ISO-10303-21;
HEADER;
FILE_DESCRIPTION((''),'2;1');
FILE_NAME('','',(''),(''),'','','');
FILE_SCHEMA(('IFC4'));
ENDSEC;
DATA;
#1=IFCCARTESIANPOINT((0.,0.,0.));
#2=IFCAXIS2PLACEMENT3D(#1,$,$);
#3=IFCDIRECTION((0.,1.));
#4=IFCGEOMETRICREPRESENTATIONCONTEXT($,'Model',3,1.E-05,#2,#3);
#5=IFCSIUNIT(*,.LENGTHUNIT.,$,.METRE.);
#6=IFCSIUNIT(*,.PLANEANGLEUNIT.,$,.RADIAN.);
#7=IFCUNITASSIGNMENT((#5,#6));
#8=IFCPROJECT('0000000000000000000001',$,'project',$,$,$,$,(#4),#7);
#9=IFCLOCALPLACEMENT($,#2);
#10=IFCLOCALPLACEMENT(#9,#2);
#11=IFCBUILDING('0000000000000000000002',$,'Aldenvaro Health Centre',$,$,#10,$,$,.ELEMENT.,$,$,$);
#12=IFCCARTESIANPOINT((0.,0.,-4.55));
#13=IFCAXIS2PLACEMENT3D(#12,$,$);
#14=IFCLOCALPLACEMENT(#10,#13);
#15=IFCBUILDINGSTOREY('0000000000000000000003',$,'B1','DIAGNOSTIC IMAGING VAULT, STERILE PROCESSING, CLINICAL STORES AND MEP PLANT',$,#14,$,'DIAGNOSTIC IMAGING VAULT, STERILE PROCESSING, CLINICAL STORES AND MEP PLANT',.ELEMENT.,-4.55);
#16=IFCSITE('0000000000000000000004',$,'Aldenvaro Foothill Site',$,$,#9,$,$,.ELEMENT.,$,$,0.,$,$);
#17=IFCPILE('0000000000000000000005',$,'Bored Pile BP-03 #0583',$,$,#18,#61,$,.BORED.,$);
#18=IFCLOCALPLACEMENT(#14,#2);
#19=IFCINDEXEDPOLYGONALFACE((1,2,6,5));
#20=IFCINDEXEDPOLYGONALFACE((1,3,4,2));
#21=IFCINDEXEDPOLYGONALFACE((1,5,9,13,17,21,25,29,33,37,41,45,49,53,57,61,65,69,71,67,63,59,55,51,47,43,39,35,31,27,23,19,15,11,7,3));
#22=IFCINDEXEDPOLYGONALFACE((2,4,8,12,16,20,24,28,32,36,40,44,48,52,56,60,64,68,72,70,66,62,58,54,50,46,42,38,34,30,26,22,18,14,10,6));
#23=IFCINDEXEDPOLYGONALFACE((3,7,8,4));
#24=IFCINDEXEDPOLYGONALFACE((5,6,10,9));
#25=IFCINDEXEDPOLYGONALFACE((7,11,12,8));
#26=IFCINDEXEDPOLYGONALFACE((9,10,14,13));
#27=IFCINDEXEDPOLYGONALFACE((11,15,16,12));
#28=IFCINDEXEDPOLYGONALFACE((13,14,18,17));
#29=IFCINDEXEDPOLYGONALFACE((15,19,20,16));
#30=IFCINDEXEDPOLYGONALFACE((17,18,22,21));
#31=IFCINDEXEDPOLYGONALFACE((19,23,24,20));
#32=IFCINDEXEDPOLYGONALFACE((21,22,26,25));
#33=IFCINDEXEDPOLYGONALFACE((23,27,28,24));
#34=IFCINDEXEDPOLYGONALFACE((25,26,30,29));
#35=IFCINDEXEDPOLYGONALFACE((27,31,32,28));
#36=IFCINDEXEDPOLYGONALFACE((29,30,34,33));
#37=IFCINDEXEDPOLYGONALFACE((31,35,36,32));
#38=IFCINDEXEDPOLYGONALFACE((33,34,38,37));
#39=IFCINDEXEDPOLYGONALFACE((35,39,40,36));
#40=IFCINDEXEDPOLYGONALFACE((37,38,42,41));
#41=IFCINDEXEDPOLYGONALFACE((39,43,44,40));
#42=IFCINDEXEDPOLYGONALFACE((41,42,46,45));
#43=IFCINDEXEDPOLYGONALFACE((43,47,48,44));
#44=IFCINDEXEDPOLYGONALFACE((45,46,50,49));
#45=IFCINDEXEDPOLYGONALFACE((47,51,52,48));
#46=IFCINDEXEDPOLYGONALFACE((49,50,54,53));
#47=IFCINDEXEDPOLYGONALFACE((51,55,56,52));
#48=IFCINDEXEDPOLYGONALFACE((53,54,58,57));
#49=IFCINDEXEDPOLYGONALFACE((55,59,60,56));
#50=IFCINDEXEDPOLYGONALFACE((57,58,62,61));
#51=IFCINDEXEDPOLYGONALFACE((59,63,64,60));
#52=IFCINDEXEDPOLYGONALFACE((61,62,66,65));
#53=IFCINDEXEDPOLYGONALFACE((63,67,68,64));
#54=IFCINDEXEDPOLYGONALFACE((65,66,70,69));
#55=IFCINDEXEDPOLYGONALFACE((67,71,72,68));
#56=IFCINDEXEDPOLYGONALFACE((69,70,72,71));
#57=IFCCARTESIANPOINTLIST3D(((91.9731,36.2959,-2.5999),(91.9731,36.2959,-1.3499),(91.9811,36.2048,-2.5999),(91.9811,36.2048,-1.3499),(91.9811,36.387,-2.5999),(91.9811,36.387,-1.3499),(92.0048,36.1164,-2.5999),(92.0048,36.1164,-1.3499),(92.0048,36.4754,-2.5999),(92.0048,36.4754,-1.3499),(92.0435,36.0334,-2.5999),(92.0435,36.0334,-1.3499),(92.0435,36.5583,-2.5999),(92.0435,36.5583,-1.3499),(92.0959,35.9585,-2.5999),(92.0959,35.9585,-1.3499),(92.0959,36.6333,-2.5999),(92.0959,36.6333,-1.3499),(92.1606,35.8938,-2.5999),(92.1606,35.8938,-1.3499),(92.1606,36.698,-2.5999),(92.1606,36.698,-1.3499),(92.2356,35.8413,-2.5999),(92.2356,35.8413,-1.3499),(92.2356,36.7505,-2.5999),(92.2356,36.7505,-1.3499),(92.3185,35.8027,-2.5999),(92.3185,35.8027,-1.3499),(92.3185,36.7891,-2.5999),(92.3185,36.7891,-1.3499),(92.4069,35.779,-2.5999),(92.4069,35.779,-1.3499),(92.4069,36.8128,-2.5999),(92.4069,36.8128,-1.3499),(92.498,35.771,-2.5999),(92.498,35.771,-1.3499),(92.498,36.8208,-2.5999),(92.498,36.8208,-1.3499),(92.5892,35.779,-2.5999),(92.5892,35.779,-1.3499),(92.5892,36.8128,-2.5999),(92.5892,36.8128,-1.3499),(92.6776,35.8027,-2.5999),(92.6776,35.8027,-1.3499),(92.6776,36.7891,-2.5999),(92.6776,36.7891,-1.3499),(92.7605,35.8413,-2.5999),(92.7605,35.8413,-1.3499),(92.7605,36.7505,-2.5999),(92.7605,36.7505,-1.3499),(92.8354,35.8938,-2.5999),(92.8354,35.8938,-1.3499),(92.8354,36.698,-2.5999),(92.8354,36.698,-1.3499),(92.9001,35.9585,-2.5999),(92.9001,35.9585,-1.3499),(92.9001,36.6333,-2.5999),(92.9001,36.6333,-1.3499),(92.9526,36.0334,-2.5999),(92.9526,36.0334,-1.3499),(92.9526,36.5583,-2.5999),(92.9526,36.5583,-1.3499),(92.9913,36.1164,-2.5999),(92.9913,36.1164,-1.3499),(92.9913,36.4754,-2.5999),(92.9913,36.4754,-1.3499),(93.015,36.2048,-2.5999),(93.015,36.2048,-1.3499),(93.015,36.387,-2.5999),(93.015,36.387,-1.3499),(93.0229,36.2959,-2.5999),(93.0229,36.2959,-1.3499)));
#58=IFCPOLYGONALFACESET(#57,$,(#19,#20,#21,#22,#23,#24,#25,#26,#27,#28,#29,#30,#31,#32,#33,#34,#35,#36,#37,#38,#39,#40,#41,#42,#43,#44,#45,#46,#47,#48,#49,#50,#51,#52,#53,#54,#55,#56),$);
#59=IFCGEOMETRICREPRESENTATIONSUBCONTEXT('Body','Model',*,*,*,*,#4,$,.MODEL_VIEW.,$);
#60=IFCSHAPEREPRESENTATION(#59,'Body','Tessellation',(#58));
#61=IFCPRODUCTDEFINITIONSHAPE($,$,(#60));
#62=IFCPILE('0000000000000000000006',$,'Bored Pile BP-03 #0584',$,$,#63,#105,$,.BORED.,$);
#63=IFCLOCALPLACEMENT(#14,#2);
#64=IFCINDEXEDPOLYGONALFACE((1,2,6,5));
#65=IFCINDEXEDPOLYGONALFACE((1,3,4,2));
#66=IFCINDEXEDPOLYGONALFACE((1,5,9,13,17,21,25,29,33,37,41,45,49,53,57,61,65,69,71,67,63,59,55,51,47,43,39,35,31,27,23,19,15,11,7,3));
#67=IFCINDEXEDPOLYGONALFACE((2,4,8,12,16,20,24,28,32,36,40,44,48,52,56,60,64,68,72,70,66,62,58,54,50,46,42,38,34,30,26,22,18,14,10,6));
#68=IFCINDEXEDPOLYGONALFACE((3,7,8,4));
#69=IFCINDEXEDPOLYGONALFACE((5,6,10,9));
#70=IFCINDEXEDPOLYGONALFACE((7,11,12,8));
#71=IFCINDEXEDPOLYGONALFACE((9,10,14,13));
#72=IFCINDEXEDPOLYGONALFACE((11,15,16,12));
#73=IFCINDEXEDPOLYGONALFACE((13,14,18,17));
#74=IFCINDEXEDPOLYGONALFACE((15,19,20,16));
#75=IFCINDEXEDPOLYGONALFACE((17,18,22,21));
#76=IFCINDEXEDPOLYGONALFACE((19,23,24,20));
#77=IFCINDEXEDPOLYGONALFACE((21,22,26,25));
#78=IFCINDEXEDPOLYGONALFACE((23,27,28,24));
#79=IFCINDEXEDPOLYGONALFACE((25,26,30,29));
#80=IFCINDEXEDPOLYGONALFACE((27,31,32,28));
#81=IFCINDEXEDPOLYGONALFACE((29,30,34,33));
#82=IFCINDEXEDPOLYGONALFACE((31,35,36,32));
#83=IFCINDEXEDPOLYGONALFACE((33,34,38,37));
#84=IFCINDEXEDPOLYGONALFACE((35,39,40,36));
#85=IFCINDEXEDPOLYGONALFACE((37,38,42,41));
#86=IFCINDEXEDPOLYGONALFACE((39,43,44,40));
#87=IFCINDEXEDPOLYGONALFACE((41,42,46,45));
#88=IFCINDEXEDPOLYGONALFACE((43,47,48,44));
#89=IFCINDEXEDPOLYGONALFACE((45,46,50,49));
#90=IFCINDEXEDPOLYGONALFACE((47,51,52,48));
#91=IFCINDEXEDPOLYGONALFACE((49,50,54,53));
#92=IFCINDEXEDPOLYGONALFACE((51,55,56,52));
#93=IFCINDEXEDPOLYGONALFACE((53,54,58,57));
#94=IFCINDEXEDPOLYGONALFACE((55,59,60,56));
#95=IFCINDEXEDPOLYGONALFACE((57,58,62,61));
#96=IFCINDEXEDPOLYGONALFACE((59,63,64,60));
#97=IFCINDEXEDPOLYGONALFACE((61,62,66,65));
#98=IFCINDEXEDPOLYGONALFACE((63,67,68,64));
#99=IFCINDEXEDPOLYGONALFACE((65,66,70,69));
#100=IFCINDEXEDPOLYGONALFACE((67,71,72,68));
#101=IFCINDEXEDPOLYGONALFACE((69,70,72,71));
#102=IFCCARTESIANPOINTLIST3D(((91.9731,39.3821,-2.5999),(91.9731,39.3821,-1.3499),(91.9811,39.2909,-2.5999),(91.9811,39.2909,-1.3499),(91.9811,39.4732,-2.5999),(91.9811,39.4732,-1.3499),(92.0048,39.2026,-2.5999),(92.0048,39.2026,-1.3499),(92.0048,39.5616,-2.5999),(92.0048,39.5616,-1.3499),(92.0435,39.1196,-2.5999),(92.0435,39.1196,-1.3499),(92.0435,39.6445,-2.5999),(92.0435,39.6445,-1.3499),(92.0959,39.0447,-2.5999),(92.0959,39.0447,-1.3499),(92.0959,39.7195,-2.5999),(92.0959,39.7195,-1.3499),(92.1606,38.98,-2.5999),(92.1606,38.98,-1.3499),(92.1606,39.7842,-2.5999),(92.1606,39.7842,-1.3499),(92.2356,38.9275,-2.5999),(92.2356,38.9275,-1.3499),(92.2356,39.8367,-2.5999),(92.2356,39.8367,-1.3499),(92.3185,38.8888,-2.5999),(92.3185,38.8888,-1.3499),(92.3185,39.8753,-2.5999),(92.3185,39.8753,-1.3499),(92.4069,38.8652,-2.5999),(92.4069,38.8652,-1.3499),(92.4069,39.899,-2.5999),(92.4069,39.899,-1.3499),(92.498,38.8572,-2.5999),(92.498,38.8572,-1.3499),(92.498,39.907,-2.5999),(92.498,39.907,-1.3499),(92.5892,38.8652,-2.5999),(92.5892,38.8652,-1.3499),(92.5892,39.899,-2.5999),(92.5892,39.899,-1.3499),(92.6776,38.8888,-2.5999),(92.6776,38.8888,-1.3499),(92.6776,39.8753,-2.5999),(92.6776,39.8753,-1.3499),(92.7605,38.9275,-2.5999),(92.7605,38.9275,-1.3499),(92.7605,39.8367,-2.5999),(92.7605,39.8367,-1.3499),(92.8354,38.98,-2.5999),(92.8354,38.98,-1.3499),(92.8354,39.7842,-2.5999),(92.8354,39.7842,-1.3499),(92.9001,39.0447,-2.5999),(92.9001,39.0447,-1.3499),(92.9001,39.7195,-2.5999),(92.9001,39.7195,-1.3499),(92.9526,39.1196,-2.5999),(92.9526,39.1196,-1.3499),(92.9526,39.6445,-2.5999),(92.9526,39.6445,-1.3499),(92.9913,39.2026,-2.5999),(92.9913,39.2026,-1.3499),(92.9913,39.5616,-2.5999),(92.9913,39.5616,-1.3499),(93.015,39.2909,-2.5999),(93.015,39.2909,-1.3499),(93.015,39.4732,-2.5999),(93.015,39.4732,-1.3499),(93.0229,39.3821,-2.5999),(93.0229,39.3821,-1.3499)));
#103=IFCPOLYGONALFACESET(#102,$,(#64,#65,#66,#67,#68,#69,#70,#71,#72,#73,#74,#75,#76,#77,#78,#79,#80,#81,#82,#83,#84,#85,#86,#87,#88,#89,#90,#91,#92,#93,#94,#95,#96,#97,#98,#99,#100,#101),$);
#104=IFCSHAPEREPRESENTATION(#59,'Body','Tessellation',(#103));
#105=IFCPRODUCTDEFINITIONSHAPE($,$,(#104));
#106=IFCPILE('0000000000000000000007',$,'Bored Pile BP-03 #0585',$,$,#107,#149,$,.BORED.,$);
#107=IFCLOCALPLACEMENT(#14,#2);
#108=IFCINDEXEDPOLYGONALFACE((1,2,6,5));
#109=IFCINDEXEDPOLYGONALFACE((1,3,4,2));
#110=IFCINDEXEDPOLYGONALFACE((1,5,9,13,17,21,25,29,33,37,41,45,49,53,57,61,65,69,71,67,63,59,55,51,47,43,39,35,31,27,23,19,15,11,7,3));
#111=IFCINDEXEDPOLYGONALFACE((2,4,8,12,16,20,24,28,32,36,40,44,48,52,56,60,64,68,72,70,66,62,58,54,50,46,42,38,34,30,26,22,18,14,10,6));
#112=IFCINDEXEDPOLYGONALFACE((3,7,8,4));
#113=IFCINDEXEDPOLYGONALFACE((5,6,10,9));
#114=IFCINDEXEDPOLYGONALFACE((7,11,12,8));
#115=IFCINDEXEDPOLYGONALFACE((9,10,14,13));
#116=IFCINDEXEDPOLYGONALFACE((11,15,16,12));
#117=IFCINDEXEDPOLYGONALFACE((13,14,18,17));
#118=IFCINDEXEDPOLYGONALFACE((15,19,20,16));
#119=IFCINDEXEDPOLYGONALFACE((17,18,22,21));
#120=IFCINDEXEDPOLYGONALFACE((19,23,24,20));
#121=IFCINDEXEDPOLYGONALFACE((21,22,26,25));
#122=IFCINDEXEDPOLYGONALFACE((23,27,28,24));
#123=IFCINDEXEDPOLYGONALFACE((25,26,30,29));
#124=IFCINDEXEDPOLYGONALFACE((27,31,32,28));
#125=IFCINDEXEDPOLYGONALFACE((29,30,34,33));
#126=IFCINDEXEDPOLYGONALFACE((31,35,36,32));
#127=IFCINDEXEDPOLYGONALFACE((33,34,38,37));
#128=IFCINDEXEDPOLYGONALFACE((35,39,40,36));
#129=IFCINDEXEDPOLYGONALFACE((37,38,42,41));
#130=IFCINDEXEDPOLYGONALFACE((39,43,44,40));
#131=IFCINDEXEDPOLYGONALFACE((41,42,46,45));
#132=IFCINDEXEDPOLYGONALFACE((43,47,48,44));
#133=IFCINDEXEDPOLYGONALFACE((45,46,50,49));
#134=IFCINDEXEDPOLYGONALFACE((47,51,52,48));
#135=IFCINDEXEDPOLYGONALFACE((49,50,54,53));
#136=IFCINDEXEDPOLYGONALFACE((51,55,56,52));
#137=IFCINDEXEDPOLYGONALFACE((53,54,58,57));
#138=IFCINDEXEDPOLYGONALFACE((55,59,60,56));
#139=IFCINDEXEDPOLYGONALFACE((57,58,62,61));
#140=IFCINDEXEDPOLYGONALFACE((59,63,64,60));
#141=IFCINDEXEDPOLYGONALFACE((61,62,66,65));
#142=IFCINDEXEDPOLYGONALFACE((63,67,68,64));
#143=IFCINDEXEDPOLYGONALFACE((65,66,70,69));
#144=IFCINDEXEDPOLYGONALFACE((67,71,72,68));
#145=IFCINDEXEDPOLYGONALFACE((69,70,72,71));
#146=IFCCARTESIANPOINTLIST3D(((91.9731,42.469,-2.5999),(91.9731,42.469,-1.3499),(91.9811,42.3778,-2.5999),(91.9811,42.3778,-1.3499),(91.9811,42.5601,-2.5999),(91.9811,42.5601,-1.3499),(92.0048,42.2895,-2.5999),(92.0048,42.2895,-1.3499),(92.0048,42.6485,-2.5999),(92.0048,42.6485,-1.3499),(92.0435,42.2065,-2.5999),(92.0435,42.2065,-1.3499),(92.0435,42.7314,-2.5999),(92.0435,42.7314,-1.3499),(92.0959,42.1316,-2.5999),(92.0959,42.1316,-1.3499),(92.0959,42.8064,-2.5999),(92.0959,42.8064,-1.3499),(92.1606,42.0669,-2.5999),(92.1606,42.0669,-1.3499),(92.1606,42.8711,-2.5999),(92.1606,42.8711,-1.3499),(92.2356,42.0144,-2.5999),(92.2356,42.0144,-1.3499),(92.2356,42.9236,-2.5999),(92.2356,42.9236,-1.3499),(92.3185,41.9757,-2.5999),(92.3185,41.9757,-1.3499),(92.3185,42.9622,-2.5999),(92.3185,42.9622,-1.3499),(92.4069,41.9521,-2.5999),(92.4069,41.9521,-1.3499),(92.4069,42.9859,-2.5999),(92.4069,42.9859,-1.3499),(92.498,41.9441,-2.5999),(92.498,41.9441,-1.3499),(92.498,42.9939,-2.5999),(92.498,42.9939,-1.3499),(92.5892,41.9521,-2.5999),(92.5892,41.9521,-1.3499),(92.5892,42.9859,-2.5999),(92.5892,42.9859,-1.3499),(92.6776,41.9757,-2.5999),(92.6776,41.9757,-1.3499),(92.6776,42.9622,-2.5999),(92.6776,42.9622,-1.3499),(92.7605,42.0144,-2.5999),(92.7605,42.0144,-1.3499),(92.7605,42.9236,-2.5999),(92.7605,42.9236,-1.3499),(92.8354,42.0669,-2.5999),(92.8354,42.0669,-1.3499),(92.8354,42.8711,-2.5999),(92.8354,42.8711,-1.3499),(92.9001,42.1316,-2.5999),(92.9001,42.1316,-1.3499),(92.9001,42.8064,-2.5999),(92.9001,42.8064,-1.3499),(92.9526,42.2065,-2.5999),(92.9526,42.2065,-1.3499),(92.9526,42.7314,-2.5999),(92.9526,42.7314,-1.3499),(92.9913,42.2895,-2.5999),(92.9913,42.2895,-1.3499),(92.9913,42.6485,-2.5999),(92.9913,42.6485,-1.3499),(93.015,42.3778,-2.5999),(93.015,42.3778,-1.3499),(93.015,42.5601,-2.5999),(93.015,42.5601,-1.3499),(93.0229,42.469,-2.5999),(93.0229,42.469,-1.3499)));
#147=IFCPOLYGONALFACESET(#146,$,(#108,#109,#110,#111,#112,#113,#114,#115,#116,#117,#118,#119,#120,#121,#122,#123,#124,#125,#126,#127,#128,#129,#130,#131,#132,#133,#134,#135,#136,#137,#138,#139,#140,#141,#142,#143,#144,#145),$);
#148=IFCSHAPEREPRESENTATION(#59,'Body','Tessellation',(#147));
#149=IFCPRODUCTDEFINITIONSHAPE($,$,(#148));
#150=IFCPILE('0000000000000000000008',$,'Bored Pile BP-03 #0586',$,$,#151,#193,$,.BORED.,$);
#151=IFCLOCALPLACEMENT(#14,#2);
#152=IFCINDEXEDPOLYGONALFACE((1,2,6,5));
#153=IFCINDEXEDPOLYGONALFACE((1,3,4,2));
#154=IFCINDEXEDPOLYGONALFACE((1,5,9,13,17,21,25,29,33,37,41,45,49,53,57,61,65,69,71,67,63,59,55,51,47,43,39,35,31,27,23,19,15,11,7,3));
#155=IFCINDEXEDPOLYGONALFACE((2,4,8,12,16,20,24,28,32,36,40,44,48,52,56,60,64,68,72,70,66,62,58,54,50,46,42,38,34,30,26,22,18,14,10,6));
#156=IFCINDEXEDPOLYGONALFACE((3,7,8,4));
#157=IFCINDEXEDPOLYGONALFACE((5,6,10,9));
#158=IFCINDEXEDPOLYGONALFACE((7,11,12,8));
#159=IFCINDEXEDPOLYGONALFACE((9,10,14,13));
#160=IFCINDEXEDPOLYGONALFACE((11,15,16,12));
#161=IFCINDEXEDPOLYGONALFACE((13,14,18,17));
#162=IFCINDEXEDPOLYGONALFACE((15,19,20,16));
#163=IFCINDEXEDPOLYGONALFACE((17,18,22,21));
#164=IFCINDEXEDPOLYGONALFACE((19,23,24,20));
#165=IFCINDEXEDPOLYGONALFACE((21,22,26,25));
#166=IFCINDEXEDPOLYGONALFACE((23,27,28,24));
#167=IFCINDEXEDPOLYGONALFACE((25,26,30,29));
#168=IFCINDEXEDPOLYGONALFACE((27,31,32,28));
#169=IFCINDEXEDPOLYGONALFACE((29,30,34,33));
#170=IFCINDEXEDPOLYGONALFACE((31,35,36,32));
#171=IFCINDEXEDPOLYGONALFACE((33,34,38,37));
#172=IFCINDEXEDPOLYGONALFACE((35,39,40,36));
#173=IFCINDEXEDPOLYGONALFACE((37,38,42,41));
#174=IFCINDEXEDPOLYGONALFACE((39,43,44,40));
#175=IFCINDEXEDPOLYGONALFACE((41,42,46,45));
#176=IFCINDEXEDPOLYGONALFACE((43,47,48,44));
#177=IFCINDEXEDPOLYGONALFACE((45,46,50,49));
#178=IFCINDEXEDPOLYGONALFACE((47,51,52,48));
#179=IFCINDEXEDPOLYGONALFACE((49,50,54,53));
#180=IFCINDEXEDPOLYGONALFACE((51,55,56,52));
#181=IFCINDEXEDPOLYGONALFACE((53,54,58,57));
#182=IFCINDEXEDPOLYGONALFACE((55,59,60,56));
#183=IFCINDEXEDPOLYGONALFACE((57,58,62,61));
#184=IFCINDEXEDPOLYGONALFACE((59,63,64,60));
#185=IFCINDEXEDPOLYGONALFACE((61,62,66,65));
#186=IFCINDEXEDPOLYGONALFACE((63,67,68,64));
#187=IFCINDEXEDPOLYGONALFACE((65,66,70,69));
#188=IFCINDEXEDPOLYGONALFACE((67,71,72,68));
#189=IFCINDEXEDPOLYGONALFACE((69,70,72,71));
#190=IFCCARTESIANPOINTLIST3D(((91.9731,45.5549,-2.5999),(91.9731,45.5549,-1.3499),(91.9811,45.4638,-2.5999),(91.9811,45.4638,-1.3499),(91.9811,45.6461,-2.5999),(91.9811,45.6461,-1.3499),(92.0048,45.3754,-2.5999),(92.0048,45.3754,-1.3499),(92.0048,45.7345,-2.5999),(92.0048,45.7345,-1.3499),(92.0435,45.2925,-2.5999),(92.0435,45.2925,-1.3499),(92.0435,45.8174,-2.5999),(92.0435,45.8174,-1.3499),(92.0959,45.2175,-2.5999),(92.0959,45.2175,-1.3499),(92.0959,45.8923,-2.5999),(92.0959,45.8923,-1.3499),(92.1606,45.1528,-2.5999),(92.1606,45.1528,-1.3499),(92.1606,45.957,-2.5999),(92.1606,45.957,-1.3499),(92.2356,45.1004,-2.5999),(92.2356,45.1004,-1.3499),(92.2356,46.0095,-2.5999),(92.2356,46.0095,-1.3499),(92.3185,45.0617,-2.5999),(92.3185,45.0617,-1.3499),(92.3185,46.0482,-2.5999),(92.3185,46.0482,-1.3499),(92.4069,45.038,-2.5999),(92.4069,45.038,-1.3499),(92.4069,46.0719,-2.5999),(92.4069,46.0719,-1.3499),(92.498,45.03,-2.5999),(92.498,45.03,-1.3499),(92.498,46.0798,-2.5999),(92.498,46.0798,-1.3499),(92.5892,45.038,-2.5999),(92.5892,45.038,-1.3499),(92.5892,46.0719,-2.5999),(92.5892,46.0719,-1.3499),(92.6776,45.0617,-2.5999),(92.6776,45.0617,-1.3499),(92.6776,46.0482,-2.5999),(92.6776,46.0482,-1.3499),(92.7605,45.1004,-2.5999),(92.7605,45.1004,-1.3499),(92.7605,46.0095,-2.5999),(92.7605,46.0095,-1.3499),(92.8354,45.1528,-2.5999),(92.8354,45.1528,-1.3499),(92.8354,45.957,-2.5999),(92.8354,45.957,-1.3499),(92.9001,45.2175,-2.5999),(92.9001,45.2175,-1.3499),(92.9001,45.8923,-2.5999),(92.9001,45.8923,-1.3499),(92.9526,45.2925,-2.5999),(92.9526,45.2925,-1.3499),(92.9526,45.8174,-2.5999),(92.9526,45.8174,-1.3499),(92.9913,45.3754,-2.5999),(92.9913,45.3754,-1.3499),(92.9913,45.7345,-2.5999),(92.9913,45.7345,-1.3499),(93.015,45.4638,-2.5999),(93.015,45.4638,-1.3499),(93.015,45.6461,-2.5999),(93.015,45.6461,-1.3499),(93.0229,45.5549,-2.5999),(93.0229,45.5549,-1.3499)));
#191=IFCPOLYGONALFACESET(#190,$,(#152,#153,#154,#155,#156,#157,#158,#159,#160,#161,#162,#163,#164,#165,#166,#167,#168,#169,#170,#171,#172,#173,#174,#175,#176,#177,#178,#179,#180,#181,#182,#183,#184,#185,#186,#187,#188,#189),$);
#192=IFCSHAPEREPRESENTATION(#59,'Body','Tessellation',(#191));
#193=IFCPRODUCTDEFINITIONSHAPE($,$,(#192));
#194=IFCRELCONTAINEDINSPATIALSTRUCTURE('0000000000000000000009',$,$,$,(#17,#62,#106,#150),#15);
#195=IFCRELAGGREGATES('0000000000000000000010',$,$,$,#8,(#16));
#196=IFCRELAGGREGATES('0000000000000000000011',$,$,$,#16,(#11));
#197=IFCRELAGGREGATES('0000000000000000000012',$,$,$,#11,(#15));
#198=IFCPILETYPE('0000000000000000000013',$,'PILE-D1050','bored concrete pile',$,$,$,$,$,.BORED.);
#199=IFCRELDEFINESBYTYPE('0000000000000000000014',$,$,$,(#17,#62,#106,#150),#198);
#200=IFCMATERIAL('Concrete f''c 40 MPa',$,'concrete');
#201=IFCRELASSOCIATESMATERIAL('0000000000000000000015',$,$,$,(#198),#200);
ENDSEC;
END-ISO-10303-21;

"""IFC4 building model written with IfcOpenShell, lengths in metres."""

from ifc_helpers import new_model, si_unit, direction, frame, origin, origin_2d, place, context, subcontext, project, spatial, circle, extrude, material, material_profile, profile_set, type_object, element, save


model = new_model("IFC4")

# Units and contexts
model_context = context("Model", 3, precision=1e-05, world=origin(), true_north=direction((0.0, 1.0)))
body_context = subcontext(model_context, "Body", "Model", "MODEL_VIEW")
ifc_project = project(units=[si_unit("LENGTHUNIT", "METRE"), si_unit("PLANEANGLEUNIT", "RADIAN")], contexts=[model_context])

# Site, building, storey
site_placement = place(None, origin())
site = spatial("IfcSite", under=ifc_project, at=site_placement, Name="Aldenvaro Foothill Site", CompositionType="ELEMENT", RefElevation=0.0)
building_placement = place(site_placement, origin())
building = spatial("IfcBuilding", under=site, at=building_placement, Name="Aldenvaro Health Centre", CompositionType="ELEMENT")
storey_placement = place(building_placement, frame((0.0, 0.0, -4.55)))
storey = spatial("IfcBuildingStorey", under=building, at=storey_placement, Name="B1", Description="DIAGNOSTIC IMAGING VAULT, STERILE PROCESSING, CLINICAL STORES AND MEP PLANT", LongName="DIAGNOSTIC IMAGING VAULT, STERILE PROCESSING, CLINICAL STORES AND MEP PLANT", CompositionType="ELEMENT", Elevation=-4.55)

# Piles
ifc_material_1 = material(Name="Concrete f'c 40 MPa", Category="concrete")
ifc_material_profile_1 = material_profile(ifc_material_1, circle(Radius=0.5249, at=origin_2d()), Name="PILE D1050", Category="concrete")
ifc_profile_set_1 = profile_set([ifc_material_profile_1], Name="Concrete f'c 40 MPa")
pile_type = type_object("IfcPileType", Name="PILE-D1050", Description="bored concrete pile", PredefinedType="BORED", material=ifc_profile_set_1)
for number, where, z_axis, x_axis, name in (
    (1, (92.498, 36.2959, -1.3499), (0.0, 0.0, -1.0), (1.0, 0.0, 0.0), "Bored Pile BP-03 #0583"),
    (2, (92.498, 39.3821, -1.3499), (0.0, 0.0, -1.0), (1.0, 0.0, 0.0), "Bored Pile BP-03 #0584"),
    (3, (92.498, 42.469, -1.3499), (0.0, 0.0, -1.0), (1.0, 0.0, 0.0), "Bored Pile BP-03 #0585"),
    (4, (92.498, 45.5549, -1.3499), (0.0, 0.0, -1.0), (1.0, 0.0, 0.0), "Bored Pile BP-03 #0586"),
):
    element("IfcPile", number, at=place(storey_placement, frame(where, z_axis=z_axis, x_axis=x_axis)), inside=storey, type_object=pile_type, Name=name, PredefinedType="BORED", context=body_context, shape_type="SweptSolid", body=[
        extrude(circle(Radius=0.5249, at=origin_2d()), origin(), (0.0, 0.0, 1.0), 1.25),
    ])

save(model, "model.ifc")
